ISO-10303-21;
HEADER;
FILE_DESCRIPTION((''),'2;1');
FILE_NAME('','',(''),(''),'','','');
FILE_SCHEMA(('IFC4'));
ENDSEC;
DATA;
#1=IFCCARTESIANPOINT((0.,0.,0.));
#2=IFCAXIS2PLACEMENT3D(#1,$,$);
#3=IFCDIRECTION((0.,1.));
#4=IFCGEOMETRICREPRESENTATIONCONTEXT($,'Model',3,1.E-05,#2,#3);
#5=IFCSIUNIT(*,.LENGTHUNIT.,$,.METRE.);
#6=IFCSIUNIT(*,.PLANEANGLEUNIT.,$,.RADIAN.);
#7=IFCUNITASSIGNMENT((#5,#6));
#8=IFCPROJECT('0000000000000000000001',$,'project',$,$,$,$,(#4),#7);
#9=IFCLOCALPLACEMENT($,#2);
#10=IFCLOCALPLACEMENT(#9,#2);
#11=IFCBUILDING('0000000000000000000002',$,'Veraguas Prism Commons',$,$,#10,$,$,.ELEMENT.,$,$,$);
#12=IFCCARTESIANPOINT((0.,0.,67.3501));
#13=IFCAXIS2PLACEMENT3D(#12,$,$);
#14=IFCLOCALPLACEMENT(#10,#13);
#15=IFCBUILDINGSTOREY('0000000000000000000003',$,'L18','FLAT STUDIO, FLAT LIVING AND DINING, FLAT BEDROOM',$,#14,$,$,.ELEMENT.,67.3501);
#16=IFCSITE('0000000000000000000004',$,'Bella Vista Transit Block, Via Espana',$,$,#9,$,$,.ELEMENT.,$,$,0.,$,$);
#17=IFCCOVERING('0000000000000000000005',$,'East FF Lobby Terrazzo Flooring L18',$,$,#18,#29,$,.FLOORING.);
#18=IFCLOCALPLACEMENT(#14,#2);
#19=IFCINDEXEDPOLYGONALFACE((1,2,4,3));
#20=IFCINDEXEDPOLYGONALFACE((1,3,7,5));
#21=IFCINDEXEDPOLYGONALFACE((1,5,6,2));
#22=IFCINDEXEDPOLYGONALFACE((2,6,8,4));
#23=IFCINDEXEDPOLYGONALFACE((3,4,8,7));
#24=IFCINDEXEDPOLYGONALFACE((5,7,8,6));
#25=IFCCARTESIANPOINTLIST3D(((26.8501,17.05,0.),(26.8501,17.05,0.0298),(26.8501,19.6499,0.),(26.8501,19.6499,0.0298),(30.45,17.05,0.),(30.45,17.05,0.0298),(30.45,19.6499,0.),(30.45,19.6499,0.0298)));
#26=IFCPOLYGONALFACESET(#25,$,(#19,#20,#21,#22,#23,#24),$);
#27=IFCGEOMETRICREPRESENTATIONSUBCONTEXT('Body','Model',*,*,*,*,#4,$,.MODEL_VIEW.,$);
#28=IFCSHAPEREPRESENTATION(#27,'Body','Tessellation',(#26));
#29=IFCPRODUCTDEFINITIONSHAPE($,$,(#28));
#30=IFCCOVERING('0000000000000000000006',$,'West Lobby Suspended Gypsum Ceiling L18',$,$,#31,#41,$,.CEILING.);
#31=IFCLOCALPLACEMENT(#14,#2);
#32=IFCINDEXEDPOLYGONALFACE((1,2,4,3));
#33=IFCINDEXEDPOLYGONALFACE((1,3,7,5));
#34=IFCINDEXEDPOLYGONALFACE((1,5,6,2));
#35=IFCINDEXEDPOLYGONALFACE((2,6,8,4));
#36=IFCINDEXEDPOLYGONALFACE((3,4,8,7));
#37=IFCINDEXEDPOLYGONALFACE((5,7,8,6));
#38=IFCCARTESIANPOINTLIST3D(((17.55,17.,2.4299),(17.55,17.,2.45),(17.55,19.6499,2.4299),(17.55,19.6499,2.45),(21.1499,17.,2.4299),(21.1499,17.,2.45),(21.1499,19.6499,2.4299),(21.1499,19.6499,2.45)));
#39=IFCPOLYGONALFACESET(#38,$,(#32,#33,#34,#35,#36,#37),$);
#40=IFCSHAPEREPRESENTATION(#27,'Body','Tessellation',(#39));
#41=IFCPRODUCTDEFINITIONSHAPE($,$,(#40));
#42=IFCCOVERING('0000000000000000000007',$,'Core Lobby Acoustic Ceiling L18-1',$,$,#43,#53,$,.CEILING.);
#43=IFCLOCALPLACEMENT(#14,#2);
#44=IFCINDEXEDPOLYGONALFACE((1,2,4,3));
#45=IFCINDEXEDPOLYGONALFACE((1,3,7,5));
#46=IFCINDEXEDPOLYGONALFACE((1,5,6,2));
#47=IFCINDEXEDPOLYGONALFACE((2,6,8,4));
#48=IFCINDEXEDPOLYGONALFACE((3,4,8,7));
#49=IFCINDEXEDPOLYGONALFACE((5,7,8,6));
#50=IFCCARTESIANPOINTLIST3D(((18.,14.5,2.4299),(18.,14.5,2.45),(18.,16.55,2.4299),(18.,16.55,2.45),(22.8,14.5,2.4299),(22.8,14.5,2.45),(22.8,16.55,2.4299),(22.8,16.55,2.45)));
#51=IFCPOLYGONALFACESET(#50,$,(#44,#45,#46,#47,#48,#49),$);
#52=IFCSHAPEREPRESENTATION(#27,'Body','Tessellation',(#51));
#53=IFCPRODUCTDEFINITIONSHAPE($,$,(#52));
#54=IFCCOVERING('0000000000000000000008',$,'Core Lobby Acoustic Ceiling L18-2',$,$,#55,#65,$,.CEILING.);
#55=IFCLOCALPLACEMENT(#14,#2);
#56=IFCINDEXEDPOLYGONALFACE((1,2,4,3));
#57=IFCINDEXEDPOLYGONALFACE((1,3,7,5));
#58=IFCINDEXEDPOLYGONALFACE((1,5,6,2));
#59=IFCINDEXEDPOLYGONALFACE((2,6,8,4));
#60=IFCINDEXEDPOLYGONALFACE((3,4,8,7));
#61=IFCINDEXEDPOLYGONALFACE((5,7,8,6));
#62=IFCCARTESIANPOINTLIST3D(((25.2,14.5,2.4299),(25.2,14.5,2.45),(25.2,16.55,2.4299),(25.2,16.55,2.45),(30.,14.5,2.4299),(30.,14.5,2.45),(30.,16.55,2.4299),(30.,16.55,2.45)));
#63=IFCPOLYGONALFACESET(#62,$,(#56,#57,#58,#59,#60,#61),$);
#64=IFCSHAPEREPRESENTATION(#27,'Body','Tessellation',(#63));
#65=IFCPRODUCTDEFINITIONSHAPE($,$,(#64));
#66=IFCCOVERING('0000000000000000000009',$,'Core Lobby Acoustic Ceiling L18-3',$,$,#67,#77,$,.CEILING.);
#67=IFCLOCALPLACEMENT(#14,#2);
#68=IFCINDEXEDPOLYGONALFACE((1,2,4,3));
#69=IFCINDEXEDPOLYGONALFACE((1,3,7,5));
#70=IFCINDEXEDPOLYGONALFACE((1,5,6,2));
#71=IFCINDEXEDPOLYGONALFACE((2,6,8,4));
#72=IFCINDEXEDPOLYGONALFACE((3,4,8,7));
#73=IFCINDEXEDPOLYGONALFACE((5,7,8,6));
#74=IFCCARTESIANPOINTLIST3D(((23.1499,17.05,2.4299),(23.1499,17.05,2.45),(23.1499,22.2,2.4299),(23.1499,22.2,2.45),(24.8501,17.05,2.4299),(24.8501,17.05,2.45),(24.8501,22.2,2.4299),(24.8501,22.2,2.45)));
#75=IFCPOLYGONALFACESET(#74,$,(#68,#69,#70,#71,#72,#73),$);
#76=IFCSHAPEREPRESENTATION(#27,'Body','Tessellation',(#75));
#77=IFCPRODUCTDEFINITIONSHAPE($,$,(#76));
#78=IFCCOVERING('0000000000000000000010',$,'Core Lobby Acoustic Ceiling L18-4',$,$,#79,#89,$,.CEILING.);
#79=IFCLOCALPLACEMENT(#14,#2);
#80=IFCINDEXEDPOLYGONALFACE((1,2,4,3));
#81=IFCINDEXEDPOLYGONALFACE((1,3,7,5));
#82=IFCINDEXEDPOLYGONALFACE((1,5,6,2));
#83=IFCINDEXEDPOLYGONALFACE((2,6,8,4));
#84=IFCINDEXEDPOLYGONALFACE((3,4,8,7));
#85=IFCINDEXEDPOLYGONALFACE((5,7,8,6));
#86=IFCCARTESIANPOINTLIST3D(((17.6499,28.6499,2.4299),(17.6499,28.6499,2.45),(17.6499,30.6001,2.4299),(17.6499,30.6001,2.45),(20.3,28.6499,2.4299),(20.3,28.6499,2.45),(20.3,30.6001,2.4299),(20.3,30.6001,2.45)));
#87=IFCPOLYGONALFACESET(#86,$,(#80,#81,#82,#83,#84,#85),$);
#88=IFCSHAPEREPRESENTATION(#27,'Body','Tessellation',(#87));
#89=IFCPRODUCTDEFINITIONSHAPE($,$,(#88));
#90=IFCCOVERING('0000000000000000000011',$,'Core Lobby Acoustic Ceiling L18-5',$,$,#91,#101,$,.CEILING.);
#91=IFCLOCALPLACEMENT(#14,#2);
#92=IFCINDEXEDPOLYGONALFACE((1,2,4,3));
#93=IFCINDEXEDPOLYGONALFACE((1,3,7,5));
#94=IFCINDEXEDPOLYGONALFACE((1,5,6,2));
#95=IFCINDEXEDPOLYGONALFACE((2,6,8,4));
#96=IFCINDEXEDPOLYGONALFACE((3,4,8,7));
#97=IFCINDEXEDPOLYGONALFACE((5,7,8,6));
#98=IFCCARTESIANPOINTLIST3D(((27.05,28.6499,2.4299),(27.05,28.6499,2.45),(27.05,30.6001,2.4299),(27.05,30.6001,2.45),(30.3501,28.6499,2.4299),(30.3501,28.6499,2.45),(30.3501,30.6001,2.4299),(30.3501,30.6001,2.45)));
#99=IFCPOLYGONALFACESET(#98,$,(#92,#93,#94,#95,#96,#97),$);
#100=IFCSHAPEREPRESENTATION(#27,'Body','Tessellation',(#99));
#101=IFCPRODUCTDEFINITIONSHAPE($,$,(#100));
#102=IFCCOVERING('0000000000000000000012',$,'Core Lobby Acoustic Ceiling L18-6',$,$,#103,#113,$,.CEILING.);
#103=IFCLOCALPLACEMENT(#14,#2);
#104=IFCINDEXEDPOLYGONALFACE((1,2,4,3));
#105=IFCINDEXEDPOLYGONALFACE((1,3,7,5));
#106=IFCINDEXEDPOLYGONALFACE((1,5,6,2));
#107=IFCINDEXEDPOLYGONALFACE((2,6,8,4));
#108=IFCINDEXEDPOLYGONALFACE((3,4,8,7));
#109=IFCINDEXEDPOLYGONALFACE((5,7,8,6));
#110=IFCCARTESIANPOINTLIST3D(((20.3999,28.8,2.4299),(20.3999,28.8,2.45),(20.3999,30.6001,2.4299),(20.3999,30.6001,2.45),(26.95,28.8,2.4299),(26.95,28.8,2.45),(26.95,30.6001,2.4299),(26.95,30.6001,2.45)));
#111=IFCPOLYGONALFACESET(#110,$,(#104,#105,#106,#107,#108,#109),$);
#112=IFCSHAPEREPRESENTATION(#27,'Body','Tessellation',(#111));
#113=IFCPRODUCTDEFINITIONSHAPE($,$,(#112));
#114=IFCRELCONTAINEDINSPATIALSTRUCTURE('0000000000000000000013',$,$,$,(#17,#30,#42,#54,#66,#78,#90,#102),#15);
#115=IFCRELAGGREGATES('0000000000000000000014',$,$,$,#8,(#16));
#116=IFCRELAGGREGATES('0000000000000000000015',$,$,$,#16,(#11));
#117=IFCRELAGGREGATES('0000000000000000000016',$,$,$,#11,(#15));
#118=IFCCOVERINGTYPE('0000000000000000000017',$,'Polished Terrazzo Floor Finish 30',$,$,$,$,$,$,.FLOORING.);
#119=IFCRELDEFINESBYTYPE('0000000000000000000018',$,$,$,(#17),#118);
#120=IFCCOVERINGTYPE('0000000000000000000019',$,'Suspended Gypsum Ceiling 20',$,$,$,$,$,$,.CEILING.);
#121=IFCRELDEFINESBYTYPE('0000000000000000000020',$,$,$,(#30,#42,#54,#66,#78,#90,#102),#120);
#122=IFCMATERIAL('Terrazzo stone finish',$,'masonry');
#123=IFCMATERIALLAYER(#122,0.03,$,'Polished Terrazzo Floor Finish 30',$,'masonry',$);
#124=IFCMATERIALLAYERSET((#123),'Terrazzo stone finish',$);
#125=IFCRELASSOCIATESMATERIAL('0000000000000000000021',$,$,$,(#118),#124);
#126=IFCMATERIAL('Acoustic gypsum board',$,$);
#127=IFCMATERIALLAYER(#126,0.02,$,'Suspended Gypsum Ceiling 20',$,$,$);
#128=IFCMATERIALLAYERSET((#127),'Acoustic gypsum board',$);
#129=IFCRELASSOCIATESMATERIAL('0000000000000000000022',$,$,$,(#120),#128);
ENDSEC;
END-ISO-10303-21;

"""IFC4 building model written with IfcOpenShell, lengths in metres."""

from ifc_helpers import new_model, si_unit, direction, frame, origin, place, context, subcontext, project, spatial, polyline, outline, extrude, material, layer, layer_set, type_object, element, save


model = new_model("IFC4")

# Units and contexts
model_context = context("Model", 3, precision=1e-05, world=origin(), true_north=direction((0.0, 1.0)))
body_context = subcontext(model_context, "Body", "Model", "MODEL_VIEW")
ifc_project = project(units=[si_unit("LENGTHUNIT", "METRE"), si_unit("PLANEANGLEUNIT", "RADIAN")], contexts=[model_context])

# Site, building, storey
site_placement = place(None, origin())
site = spatial("IfcSite", under=ifc_project, at=site_placement, Name="Bella Vista Transit Block, Via Espana", CompositionType="ELEMENT", RefElevation=0.0)
building_placement = place(site_placement, origin())
building = spatial("IfcBuilding", under=site, at=building_placement, Name="Veraguas Prism Commons", CompositionType="ELEMENT")
storey_placement = place(building_placement, frame((0.0, 0.0, 67.3501)))
storey = spatial("IfcBuildingStorey", under=building, at=storey_placement, Name="L18", Description="FLAT STUDIO, FLAT LIVING AND DINING, FLAT BEDROOM", CompositionType="ELEMENT", Elevation=67.3501)

# Coverings
ifc_material_1 = material(Name="Acoustic gypsum board")
ifc_material_2 = material(Name="Terrazzo stone finish", Category="masonry")
ifc_layer_1 = layer(ifc_material_2, 0.03, Name="Polished Terrazzo Floor Finish 30", Category="masonry")
ifc_layer_set_1 = layer_set([ifc_layer_1], Name="Terrazzo stone finish")
covering_type_1 = type_object("IfcCoveringType", Name="Polished Terrazzo Floor Finish 30", PredefinedType="FLOORING", material=ifc_layer_set_1)
covering_1_placement = place(storey_placement, origin())
element("IfcCovering", 1, at=covering_1_placement, inside=storey, type_object=covering_type_1, Name="East FF Lobby Terrazzo Flooring L18", PredefinedType="FLOORING", context=body_context, shape_type="SweptSolid", body=[
    extrude(outline(polyline([(26.8501, 17.05), (30.45, 17.05), (30.45, 19.6499), (26.8501, 19.6499), (26.8501, 17.05)])), origin(), (0.0, 0.0, 1.0), 0.0298),
])
ifc_layer_2 = layer(ifc_material_1, 0.02, Name="Suspended Gypsum Ceiling 20")
ifc_layer_set_2 = layer_set([ifc_layer_2], Name="Acoustic gypsum board")
covering_type_2 = type_object("IfcCoveringType", Name="Suspended Gypsum Ceiling 20", PredefinedType="CEILING", material=ifc_layer_set_2)
covering_2_placement = place(storey_placement, frame((0.0, 0.0, 2.4299)))
element("IfcCovering", 2, at=covering_2_placement, inside=storey, type_object=covering_type_2, Name="West Lobby Suspended Gypsum Ceiling L18", PredefinedType="CEILING", context=body_context, shape_type="SweptSolid", body=[
    extrude(outline(polyline([(17.55, 17.0), (21.1499, 17.0), (21.1499, 19.6499), (17.55, 19.6499), (17.55, 17.0)])), origin(), (0.0, 0.0, 1.0), 0.02),
])
covering_3_placement = place(storey_placement, frame((0.0, 0.0, 2.4299)))
element("IfcCovering", 3, at=covering_3_placement, inside=storey, type_object=covering_type_2, Name="Core Lobby Acoustic Ceiling L18-1", PredefinedType="CEILING", context=body_context, shape_type="SweptSolid", body=[
    extrude(outline(polyline([(18.0, 14.5), (22.8, 14.5), (22.8, 16.55), (18.0, 16.55), (18.0, 14.5)])), origin(), (0.0, 0.0, 1.0), 0.02),
])
covering_4_placement = place(storey_placement, frame((0.0, 0.0, 2.4299)))
element("IfcCovering", 4, at=covering_4_placement, inside=storey, type_object=covering_type_2, Name="Core Lobby Acoustic Ceiling L18-2", PredefinedType="CEILING", context=body_context, shape_type="SweptSolid", body=[
    extrude(outline(polyline([(25.2, 14.5), (30.0, 14.5), (30.0, 16.55), (25.2, 16.55), (25.2, 14.5)])), origin(), (0.0, 0.0, 1.0), 0.02),
])
covering_5_placement = place(storey_placement, frame((0.0, 0.0, 2.4299)))
element("IfcCovering", 5, at=covering_5_placement, inside=storey, type_object=covering_type_2, Name="Core Lobby Acoustic Ceiling L18-3", PredefinedType="CEILING", context=body_context, shape_type="SweptSolid", body=[
    extrude(outline(polyline([(23.1499, 17.05), (24.8501, 17.05), (24.8501, 22.2), (23.1499, 22.2), (23.1499, 17.05)])), origin(), (0.0, 0.0, 1.0), 0.02),
])
covering_6_placement = place(storey_placement, frame((0.0, 0.0, 2.4299)))
element("IfcCovering", 6, at=covering_6_placement, inside=storey, type_object=covering_type_2, Name="Core Lobby Acoustic Ceiling L18-4", PredefinedType="CEILING", context=body_context, shape_type="SweptSolid", body=[
    extrude(outline(polyline([(17.6499, 28.6499), (20.3, 28.6499), (20.3, 30.6001), (17.6499, 30.6001), (17.6499, 28.6499)])), origin(), (0.0, 0.0, 1.0), 0.02),
])
covering_7_placement = place(storey_placement, frame((0.0, 0.0, 2.4299)))
element("IfcCovering", 7, at=covering_7_placement, inside=storey, type_object=covering_type_2, Name="Core Lobby Acoustic Ceiling L18-5", PredefinedType="CEILING", context=body_context, shape_type="SweptSolid", body=[
    extrude(outline(polyline([(27.05, 28.6499), (30.3501, 28.6499), (30.3501, 30.6001), (27.05, 30.6001), (27.05, 28.6499)])), origin(), (0.0, 0.0, 1.0), 0.02),
])
covering_8_placement = place(storey_placement, frame((0.0, 0.0, 2.4299)))
element("IfcCovering", 8, at=covering_8_placement, inside=storey, type_object=covering_type_2, Name="Core Lobby Acoustic Ceiling L18-6", PredefinedType="CEILING", context=body_context, shape_type="SweptSolid", body=[
    extrude(outline(polyline([(20.3999, 28.8), (26.95, 28.8), (26.95, 30.6001), (20.3999, 30.6001), (20.3999, 28.8)])), origin(), (0.0, 0.0, 1.0), 0.02),
])

save(model, "model.ifc")
